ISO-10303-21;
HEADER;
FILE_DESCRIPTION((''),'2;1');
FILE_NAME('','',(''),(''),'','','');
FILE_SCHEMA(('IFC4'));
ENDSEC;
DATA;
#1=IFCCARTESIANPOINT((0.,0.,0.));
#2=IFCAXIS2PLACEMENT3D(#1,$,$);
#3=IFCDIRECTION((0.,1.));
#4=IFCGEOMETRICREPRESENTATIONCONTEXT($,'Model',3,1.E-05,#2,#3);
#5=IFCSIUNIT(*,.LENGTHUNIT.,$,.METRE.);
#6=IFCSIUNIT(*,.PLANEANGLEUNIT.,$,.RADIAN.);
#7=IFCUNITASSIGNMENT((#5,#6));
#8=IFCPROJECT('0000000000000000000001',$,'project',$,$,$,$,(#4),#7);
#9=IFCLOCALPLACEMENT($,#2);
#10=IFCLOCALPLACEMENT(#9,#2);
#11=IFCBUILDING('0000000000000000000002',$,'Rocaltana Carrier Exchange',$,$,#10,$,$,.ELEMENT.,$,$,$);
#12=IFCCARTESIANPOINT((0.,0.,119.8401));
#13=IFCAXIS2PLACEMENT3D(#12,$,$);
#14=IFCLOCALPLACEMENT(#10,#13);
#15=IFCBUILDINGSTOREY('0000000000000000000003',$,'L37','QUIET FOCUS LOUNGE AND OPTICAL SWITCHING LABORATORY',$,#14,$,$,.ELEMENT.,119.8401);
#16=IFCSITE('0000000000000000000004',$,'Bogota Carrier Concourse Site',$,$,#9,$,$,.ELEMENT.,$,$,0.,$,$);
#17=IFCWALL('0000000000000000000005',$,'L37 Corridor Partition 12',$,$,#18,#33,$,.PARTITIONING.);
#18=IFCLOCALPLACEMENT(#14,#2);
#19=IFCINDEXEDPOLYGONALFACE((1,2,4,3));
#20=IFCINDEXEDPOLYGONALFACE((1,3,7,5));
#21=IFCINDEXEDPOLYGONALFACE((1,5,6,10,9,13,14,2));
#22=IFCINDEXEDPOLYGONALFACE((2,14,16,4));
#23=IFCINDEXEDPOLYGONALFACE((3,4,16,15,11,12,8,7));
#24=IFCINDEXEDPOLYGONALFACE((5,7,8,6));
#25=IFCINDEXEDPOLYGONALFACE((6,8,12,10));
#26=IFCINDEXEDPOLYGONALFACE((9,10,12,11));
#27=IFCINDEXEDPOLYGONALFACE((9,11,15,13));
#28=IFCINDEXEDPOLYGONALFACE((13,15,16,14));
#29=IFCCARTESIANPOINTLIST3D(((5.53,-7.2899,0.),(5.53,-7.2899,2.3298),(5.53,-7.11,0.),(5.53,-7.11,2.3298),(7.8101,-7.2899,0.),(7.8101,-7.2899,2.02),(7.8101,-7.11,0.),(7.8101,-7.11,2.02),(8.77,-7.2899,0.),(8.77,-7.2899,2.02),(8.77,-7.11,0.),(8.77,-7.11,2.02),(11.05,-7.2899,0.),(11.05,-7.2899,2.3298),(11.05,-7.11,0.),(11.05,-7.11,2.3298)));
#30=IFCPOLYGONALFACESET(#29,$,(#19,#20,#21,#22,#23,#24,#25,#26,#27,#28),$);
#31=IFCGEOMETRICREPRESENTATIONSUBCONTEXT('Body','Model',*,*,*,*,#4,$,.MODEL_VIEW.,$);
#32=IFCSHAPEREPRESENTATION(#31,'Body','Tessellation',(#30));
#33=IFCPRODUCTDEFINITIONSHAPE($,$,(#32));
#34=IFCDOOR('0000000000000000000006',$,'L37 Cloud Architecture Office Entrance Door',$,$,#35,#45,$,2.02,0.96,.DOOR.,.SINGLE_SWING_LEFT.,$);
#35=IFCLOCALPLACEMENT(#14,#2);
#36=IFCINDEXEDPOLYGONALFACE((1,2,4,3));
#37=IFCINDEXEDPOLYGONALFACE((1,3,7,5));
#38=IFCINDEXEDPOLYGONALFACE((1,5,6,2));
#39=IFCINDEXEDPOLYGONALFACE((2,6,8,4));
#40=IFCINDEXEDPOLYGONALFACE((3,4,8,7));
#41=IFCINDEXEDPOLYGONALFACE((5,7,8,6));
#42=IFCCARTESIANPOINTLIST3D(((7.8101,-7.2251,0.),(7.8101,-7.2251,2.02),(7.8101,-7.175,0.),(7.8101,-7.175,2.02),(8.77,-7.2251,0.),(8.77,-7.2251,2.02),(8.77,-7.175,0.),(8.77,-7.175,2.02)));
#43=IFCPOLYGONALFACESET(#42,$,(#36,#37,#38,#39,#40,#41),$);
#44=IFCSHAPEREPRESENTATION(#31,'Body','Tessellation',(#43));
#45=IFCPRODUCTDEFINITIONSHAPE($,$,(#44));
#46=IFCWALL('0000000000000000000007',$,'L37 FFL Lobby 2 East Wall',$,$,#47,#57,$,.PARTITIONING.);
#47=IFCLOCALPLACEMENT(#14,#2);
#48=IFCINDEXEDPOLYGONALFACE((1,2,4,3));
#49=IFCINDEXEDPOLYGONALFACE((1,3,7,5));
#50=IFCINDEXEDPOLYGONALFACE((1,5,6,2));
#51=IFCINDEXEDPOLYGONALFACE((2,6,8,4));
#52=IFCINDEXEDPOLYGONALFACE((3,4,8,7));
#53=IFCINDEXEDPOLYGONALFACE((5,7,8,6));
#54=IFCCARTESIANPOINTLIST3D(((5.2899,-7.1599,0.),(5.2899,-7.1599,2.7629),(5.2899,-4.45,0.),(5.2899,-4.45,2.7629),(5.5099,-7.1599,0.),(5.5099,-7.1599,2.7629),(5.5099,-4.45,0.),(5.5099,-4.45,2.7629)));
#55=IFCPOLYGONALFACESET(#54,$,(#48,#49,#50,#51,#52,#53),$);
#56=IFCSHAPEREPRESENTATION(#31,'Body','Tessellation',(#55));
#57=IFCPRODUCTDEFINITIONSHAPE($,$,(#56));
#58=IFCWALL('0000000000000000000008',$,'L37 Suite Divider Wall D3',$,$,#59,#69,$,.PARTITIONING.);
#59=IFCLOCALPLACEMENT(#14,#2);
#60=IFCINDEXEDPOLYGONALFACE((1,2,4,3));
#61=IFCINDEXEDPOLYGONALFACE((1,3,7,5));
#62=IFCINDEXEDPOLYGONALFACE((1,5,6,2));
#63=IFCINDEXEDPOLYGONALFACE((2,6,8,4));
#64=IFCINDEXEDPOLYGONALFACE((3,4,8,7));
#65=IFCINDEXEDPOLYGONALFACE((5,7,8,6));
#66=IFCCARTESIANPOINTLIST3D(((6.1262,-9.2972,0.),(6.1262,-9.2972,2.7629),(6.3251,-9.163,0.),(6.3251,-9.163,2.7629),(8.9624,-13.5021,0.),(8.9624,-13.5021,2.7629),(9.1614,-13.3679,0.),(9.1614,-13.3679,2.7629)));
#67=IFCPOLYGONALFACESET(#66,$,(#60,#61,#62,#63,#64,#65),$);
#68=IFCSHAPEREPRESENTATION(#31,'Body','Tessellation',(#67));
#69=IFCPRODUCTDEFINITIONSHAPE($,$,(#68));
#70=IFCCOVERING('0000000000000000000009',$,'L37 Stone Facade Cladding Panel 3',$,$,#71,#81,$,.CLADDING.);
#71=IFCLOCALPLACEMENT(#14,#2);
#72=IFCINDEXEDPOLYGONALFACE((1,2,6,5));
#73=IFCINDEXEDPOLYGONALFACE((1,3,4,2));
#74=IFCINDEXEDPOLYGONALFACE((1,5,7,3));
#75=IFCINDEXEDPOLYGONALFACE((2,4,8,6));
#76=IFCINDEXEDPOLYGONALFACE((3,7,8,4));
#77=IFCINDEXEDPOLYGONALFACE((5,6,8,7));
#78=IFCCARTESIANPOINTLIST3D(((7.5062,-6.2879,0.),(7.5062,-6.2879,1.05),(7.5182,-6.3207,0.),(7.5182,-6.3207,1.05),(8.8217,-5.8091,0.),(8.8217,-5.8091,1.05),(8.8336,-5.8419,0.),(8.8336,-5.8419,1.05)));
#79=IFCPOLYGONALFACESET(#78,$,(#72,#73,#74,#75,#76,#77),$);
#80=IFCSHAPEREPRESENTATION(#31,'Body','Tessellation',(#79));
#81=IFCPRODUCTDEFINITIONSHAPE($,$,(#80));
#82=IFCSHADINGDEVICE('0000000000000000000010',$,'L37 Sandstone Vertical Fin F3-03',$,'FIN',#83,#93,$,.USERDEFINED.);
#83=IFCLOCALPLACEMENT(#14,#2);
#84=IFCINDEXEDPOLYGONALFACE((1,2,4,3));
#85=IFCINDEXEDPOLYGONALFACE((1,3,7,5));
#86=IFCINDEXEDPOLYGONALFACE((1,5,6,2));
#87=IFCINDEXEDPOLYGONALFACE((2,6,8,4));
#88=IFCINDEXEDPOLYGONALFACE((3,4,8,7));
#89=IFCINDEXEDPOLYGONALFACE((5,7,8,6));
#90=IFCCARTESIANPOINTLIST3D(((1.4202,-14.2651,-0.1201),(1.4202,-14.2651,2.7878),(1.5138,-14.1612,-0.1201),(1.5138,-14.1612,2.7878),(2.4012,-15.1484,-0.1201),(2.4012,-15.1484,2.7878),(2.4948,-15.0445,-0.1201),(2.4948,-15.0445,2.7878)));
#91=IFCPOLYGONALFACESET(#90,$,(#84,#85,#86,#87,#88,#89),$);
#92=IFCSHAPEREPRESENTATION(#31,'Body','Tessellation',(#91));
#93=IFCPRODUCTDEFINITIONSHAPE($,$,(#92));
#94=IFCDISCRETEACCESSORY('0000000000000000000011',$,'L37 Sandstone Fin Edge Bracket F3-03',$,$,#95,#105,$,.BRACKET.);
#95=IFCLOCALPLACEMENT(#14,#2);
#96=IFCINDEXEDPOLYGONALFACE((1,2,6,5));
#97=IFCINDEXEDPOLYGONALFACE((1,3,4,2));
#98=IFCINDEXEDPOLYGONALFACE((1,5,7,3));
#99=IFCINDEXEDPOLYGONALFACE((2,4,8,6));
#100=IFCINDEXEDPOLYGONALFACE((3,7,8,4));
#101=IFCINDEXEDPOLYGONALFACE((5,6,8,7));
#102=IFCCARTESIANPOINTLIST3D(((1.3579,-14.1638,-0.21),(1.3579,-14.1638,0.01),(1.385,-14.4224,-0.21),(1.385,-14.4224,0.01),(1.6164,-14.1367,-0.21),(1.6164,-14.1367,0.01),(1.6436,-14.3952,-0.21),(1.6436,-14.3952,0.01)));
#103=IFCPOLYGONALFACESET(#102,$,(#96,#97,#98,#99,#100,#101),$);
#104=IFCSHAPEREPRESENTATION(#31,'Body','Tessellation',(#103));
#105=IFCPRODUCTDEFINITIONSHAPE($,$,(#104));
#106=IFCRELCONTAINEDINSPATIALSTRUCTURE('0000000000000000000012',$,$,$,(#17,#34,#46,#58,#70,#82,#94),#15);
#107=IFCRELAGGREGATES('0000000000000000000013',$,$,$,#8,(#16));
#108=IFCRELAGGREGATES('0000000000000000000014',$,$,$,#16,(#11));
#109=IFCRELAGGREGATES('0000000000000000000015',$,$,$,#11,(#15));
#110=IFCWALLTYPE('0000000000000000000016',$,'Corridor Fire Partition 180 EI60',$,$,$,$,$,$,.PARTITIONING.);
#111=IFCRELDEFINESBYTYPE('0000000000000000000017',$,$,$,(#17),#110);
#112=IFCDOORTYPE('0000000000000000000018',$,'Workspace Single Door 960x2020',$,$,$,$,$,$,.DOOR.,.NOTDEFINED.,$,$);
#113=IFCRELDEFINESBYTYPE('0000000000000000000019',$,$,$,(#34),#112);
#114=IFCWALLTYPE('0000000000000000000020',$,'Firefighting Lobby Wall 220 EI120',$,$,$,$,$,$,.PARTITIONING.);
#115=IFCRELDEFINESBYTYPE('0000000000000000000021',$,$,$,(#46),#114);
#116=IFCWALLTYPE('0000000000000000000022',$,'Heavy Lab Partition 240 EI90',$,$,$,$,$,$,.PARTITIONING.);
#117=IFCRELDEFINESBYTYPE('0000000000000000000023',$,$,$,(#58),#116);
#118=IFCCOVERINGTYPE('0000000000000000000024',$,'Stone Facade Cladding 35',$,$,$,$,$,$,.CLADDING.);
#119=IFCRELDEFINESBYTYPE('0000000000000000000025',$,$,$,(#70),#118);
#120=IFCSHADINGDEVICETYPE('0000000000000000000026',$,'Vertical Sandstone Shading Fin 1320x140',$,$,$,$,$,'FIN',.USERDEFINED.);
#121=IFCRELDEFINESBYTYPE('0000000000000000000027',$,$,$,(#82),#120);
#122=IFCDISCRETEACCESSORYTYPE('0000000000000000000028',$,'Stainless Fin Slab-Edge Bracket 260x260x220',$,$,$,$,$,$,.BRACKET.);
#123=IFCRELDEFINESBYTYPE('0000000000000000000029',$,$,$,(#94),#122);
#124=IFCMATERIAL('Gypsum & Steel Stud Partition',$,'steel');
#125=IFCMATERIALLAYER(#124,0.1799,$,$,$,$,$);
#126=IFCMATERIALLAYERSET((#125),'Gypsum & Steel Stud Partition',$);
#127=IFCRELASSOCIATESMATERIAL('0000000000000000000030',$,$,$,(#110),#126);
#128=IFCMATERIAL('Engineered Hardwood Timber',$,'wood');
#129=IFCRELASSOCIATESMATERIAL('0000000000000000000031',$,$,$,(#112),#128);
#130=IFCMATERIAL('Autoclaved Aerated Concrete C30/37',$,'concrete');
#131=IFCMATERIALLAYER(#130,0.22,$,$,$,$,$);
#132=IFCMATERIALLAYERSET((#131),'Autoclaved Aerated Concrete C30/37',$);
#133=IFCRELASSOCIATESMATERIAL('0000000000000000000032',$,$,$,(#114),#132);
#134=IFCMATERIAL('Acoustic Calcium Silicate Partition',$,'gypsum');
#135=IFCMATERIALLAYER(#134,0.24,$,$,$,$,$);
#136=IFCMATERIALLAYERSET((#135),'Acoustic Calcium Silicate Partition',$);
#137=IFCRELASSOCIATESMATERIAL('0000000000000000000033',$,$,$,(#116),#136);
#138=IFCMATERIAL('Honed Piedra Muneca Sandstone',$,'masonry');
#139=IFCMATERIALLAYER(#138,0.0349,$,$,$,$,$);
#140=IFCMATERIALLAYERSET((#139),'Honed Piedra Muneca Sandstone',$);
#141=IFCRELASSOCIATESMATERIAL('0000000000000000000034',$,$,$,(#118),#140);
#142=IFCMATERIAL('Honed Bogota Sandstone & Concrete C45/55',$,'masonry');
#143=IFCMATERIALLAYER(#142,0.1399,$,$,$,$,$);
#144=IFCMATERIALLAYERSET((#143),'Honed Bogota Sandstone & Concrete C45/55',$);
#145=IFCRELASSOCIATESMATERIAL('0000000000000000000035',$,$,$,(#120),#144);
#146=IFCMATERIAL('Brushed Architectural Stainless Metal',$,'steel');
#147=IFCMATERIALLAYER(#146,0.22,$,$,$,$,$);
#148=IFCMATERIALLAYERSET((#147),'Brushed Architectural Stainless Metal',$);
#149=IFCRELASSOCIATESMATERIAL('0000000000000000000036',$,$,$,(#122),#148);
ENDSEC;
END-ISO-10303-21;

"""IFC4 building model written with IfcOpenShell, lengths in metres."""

from ifc_helpers import new_model, si_unit, direction, frame, frame_2d, origin, origin_2d, place, context, subcontext, project, spatial, rectangle, extrude, material, layer, layer_set, type_object, element, fill, save


model = new_model("IFC4")

# Units and contexts
model_context = context("Model", 3, precision=1e-05, world=origin(), true_north=direction((0.0, 1.0)))
body_context = subcontext(model_context, "Body", "Model", "MODEL_VIEW")
ifc_project = project(units=[si_unit("LENGTHUNIT", "METRE"), si_unit("PLANEANGLEUNIT", "RADIAN")], contexts=[model_context])

# Site, building, storey
site_placement = place(None, origin())
site = spatial("IfcSite", under=ifc_project, at=site_placement, Name="Bogota Carrier Concourse Site", CompositionType="ELEMENT", RefElevation=0.0)
building_placement = place(site_placement, origin())
building = spatial("IfcBuilding", under=site, at=building_placement, Name="Rocaltana Carrier Exchange", CompositionType="ELEMENT")
storey_placement = place(building_placement, frame((0.0, 0.0, 119.8401)))
storey = spatial("IfcBuildingStorey", under=building, at=storey_placement, Name="L37", Description="QUIET FOCUS LOUNGE AND OPTICAL SWITCHING LABORATORY", CompositionType="ELEMENT", Elevation=119.8401)

# Wall, opening, door
ifc_material_1 = material(Name="Gypsum & Steel Stud Partition", Category="steel")
ifc_layer_1 = layer(ifc_material_1, 0.1799)
ifc_layer_set_1 = layer_set([ifc_layer_1], Name="Gypsum & Steel Stud Partition")
wall_type_1 = type_object("IfcWallType", Name="Corridor Fire Partition 180 EI60", PredefinedType="PARTITIONING", material=ifc_layer_set_1)
wall_1_placement = place(storey_placement, frame((5.53, -7.2, 0.0), z_axis=(0.0, 0.0, 1.0), x_axis=(1.0, 0.0, 0.0)))
wall_1 = element("IfcWall", 1, at=wall_1_placement, inside=storey, type_object=wall_type_1, Name="L37 Corridor Partition 12", PredefinedType="PARTITIONING", context=body_context, shape_type="SweptSolid", body=[
    extrude(rectangle(XDim=5.52, YDim=0.1799, at=frame_2d((2.76, 0.0))), origin(), (0.0, 0.0, 1.0), 2.3298),
])
opening_placement = place(wall_1_placement, frame((2.28, 0.0, 0.0)))
opening = element("IfcOpeningElement", 2, at=opening_placement, cuts=wall_1, PredefinedType="OPENING", context=body_context, shape_type="SweptSolid", body=[
    extrude(rectangle(XDim=0.96, YDim=2.02, at=frame_2d((0.48, 1.01))), frame((0.0, 0.0999, 0.0), z_axis=(0.0, -1.0, 0.0), x_axis=(1.0, 0.0, 0.0)), (0.0, 0.0, 1.0), 0.2),
])
ifc_material_2 = material(Name="Engineered Hardwood Timber", Category="wood")
door_type = type_object("IfcDoorType", Name="Workspace Single Door 960x2020", OperationType="NOTDEFINED", PredefinedType="DOOR", material=ifc_material_2)
door_placement = place(opening_placement, origin())
door = element("IfcDoor", 3, at=door_placement, inside=storey, type_object=door_type, Name="L37 Cloud Architecture Office Entrance Door", OperationType="SINGLE_SWING_LEFT", OverallHeight=2.02, OverallWidth=0.96, PredefinedType="DOOR", context=body_context, shape_type="SweptSolid", body=[
    extrude(rectangle(XDim=0.96, YDim=2.02, at=frame_2d((0.48, 1.01))), frame((0.0, 0.0249, 0.0), z_axis=(0.0, -1.0, 0.0), x_axis=(1.0, 0.0, 0.0)), (0.0, 0.0, 1.0), 0.05),
])
fill(opening, door)

# Walls
ifc_material_3 = material(Name="Autoclaved Aerated Concrete C30/37", Category="concrete")
ifc_layer_2 = layer(ifc_material_3, 0.22)
ifc_layer_set_2 = layer_set([ifc_layer_2], Name="Autoclaved Aerated Concrete C30/37")
wall_type_2 = type_object("IfcWallType", Name="Firefighting Lobby Wall 220 EI120", PredefinedType="PARTITIONING", material=ifc_layer_set_2)
wall_2_placement = place(storey_placement, frame((5.3999, -7.1599, 0.0), z_axis=(0.0, 0.0, 1.0), x_axis=(0.0, 1.0, 0.0)))
element("IfcWall", 4, at=wall_2_placement, inside=storey, type_object=wall_type_2, Name="L37 FFL Lobby 2 East Wall", PredefinedType="PARTITIONING", context=body_context, shape_type="SweptSolid", body=[
    extrude(rectangle(XDim=2.71, YDim=0.22, at=frame_2d((1.355, 0.0))), origin(), (0.0, 0.0, 1.0), 2.7629),
])
ifc_material_4 = material(Name="Acoustic Calcium Silicate Partition", Category="gypsum")
ifc_layer_3 = layer(ifc_material_4, 0.24)
ifc_layer_set_3 = layer_set([ifc_layer_3], Name="Acoustic Calcium Silicate Partition")
wall_type_3 = type_object("IfcWallType", Name="Heavy Lab Partition 240 EI90", PredefinedType="PARTITIONING", material=ifc_layer_set_3)
wall_3_placement = place(storey_placement, frame((6.2256, -9.23, 0.0), z_axis=(0.0, 0.0, 1.0), x_axis=(0.559191, -0.829039, 0.0)))
element("IfcWall", 5, at=wall_3_placement, inside=storey, type_object=wall_type_3, Name="L37 Suite Divider Wall D3", PredefinedType="PARTITIONING", context=body_context, shape_type="SweptSolid", body=[
    extrude(rectangle(XDim=5.072, YDim=0.24, at=frame_2d((2.5361, 0.0))), origin(), (0.0, 0.0, 1.0), 2.7629),
])

# Covering
ifc_material_5 = material(Name="Honed Piedra Muneca Sandstone", Category="masonry")
ifc_layer_4 = layer(ifc_material_5, 0.0349)
ifc_layer_set_4 = layer_set([ifc_layer_4], Name="Honed Piedra Muneca Sandstone")
covering_type = type_object("IfcCoveringType", Name="Stone Facade Cladding 35", PredefinedType="CLADDING", material=ifc_layer_set_4)
covering_placement = place(storey_placement, frame((8.1699, -6.0649, 0.0), z_axis=(0.0, 0.0, 1.0), x_axis=(0.939693, 0.34202, 0.0)))
element("IfcCovering", 6, at=covering_placement, inside=storey, type_object=covering_type, Name="L37 Stone Facade Cladding Panel 3", PredefinedType="CLADDING", context=body_context, shape_type="SweptSolid", body=[
    extrude(rectangle(XDim=1.3999, YDim=0.0349, at=origin_2d()), origin(), (0.0, 0.0, 1.0), 1.05),
])

# Shading device
ifc_material_6 = material(Name="Honed Bogota Sandstone & Concrete C45/55", Category="masonry")
ifc_layer_5 = layer(ifc_material_6, 0.1399)
ifc_layer_set_5 = layer_set([ifc_layer_5], Name="Honed Bogota Sandstone & Concrete C45/55")
shading_device_type = type_object("IfcShadingDeviceType", Name="Vertical Sandstone Shading Fin 1320x140", ElementType="FIN", PredefinedType="USERDEFINED", material=ifc_layer_set_5)
shading_device_placement = place(storey_placement, frame((1.9575, -14.6548, -0.1201), z_axis=(0.0, 0.0, 1.0), x_axis=(0.743145, -0.669131, 0.0)))
element("IfcShadingDevice", 7, at=shading_device_placement, inside=storey, type_object=shading_device_type, Name="L37 Sandstone Vertical Fin F3-03", ObjectType="FIN", PredefinedType="USERDEFINED", context=body_context, shape_type="SweptSolid", body=[
    extrude(rectangle(XDim=1.3201, YDim=0.1399, at=origin_2d()), origin(), (0.0, 0.0, 1.0), 2.908),
])

# Discrete accessory
ifc_material_7 = material(Name="Brushed Architectural Stainless Metal", Category="steel")
ifc_layer_6 = layer(ifc_material_7, 0.22)
ifc_layer_set_6 = layer_set([ifc_layer_6], Name="Brushed Architectural Stainless Metal")
discrete_accessory_type = type_object("IfcDiscreteAccessoryType", Name="Stainless Fin Slab-Edge Bracket 260x260x220", PredefinedType="BRACKET", material=ifc_layer_set_6)
discrete_accessory_placement = place(storey_placement, frame((1.5007, -14.2795, -0.21), z_axis=(0.0, 0.0, 1.0), x_axis=(0.994522, 0.104528, 0.0)))
element("IfcDiscreteAccessory", 8, at=discrete_accessory_placement, inside=storey, type_object=discrete_accessory_type, Name="L37 Sandstone Fin Edge Bracket F3-03", PredefinedType="BRACKET", context=body_context, shape_type="SweptSolid", body=[
    extrude(rectangle(XDim=0.26, YDim=0.26, at=origin_2d()), origin(), (0.0, 0.0, 1.0), 0.22),
])

save(model, "model.ifc")
